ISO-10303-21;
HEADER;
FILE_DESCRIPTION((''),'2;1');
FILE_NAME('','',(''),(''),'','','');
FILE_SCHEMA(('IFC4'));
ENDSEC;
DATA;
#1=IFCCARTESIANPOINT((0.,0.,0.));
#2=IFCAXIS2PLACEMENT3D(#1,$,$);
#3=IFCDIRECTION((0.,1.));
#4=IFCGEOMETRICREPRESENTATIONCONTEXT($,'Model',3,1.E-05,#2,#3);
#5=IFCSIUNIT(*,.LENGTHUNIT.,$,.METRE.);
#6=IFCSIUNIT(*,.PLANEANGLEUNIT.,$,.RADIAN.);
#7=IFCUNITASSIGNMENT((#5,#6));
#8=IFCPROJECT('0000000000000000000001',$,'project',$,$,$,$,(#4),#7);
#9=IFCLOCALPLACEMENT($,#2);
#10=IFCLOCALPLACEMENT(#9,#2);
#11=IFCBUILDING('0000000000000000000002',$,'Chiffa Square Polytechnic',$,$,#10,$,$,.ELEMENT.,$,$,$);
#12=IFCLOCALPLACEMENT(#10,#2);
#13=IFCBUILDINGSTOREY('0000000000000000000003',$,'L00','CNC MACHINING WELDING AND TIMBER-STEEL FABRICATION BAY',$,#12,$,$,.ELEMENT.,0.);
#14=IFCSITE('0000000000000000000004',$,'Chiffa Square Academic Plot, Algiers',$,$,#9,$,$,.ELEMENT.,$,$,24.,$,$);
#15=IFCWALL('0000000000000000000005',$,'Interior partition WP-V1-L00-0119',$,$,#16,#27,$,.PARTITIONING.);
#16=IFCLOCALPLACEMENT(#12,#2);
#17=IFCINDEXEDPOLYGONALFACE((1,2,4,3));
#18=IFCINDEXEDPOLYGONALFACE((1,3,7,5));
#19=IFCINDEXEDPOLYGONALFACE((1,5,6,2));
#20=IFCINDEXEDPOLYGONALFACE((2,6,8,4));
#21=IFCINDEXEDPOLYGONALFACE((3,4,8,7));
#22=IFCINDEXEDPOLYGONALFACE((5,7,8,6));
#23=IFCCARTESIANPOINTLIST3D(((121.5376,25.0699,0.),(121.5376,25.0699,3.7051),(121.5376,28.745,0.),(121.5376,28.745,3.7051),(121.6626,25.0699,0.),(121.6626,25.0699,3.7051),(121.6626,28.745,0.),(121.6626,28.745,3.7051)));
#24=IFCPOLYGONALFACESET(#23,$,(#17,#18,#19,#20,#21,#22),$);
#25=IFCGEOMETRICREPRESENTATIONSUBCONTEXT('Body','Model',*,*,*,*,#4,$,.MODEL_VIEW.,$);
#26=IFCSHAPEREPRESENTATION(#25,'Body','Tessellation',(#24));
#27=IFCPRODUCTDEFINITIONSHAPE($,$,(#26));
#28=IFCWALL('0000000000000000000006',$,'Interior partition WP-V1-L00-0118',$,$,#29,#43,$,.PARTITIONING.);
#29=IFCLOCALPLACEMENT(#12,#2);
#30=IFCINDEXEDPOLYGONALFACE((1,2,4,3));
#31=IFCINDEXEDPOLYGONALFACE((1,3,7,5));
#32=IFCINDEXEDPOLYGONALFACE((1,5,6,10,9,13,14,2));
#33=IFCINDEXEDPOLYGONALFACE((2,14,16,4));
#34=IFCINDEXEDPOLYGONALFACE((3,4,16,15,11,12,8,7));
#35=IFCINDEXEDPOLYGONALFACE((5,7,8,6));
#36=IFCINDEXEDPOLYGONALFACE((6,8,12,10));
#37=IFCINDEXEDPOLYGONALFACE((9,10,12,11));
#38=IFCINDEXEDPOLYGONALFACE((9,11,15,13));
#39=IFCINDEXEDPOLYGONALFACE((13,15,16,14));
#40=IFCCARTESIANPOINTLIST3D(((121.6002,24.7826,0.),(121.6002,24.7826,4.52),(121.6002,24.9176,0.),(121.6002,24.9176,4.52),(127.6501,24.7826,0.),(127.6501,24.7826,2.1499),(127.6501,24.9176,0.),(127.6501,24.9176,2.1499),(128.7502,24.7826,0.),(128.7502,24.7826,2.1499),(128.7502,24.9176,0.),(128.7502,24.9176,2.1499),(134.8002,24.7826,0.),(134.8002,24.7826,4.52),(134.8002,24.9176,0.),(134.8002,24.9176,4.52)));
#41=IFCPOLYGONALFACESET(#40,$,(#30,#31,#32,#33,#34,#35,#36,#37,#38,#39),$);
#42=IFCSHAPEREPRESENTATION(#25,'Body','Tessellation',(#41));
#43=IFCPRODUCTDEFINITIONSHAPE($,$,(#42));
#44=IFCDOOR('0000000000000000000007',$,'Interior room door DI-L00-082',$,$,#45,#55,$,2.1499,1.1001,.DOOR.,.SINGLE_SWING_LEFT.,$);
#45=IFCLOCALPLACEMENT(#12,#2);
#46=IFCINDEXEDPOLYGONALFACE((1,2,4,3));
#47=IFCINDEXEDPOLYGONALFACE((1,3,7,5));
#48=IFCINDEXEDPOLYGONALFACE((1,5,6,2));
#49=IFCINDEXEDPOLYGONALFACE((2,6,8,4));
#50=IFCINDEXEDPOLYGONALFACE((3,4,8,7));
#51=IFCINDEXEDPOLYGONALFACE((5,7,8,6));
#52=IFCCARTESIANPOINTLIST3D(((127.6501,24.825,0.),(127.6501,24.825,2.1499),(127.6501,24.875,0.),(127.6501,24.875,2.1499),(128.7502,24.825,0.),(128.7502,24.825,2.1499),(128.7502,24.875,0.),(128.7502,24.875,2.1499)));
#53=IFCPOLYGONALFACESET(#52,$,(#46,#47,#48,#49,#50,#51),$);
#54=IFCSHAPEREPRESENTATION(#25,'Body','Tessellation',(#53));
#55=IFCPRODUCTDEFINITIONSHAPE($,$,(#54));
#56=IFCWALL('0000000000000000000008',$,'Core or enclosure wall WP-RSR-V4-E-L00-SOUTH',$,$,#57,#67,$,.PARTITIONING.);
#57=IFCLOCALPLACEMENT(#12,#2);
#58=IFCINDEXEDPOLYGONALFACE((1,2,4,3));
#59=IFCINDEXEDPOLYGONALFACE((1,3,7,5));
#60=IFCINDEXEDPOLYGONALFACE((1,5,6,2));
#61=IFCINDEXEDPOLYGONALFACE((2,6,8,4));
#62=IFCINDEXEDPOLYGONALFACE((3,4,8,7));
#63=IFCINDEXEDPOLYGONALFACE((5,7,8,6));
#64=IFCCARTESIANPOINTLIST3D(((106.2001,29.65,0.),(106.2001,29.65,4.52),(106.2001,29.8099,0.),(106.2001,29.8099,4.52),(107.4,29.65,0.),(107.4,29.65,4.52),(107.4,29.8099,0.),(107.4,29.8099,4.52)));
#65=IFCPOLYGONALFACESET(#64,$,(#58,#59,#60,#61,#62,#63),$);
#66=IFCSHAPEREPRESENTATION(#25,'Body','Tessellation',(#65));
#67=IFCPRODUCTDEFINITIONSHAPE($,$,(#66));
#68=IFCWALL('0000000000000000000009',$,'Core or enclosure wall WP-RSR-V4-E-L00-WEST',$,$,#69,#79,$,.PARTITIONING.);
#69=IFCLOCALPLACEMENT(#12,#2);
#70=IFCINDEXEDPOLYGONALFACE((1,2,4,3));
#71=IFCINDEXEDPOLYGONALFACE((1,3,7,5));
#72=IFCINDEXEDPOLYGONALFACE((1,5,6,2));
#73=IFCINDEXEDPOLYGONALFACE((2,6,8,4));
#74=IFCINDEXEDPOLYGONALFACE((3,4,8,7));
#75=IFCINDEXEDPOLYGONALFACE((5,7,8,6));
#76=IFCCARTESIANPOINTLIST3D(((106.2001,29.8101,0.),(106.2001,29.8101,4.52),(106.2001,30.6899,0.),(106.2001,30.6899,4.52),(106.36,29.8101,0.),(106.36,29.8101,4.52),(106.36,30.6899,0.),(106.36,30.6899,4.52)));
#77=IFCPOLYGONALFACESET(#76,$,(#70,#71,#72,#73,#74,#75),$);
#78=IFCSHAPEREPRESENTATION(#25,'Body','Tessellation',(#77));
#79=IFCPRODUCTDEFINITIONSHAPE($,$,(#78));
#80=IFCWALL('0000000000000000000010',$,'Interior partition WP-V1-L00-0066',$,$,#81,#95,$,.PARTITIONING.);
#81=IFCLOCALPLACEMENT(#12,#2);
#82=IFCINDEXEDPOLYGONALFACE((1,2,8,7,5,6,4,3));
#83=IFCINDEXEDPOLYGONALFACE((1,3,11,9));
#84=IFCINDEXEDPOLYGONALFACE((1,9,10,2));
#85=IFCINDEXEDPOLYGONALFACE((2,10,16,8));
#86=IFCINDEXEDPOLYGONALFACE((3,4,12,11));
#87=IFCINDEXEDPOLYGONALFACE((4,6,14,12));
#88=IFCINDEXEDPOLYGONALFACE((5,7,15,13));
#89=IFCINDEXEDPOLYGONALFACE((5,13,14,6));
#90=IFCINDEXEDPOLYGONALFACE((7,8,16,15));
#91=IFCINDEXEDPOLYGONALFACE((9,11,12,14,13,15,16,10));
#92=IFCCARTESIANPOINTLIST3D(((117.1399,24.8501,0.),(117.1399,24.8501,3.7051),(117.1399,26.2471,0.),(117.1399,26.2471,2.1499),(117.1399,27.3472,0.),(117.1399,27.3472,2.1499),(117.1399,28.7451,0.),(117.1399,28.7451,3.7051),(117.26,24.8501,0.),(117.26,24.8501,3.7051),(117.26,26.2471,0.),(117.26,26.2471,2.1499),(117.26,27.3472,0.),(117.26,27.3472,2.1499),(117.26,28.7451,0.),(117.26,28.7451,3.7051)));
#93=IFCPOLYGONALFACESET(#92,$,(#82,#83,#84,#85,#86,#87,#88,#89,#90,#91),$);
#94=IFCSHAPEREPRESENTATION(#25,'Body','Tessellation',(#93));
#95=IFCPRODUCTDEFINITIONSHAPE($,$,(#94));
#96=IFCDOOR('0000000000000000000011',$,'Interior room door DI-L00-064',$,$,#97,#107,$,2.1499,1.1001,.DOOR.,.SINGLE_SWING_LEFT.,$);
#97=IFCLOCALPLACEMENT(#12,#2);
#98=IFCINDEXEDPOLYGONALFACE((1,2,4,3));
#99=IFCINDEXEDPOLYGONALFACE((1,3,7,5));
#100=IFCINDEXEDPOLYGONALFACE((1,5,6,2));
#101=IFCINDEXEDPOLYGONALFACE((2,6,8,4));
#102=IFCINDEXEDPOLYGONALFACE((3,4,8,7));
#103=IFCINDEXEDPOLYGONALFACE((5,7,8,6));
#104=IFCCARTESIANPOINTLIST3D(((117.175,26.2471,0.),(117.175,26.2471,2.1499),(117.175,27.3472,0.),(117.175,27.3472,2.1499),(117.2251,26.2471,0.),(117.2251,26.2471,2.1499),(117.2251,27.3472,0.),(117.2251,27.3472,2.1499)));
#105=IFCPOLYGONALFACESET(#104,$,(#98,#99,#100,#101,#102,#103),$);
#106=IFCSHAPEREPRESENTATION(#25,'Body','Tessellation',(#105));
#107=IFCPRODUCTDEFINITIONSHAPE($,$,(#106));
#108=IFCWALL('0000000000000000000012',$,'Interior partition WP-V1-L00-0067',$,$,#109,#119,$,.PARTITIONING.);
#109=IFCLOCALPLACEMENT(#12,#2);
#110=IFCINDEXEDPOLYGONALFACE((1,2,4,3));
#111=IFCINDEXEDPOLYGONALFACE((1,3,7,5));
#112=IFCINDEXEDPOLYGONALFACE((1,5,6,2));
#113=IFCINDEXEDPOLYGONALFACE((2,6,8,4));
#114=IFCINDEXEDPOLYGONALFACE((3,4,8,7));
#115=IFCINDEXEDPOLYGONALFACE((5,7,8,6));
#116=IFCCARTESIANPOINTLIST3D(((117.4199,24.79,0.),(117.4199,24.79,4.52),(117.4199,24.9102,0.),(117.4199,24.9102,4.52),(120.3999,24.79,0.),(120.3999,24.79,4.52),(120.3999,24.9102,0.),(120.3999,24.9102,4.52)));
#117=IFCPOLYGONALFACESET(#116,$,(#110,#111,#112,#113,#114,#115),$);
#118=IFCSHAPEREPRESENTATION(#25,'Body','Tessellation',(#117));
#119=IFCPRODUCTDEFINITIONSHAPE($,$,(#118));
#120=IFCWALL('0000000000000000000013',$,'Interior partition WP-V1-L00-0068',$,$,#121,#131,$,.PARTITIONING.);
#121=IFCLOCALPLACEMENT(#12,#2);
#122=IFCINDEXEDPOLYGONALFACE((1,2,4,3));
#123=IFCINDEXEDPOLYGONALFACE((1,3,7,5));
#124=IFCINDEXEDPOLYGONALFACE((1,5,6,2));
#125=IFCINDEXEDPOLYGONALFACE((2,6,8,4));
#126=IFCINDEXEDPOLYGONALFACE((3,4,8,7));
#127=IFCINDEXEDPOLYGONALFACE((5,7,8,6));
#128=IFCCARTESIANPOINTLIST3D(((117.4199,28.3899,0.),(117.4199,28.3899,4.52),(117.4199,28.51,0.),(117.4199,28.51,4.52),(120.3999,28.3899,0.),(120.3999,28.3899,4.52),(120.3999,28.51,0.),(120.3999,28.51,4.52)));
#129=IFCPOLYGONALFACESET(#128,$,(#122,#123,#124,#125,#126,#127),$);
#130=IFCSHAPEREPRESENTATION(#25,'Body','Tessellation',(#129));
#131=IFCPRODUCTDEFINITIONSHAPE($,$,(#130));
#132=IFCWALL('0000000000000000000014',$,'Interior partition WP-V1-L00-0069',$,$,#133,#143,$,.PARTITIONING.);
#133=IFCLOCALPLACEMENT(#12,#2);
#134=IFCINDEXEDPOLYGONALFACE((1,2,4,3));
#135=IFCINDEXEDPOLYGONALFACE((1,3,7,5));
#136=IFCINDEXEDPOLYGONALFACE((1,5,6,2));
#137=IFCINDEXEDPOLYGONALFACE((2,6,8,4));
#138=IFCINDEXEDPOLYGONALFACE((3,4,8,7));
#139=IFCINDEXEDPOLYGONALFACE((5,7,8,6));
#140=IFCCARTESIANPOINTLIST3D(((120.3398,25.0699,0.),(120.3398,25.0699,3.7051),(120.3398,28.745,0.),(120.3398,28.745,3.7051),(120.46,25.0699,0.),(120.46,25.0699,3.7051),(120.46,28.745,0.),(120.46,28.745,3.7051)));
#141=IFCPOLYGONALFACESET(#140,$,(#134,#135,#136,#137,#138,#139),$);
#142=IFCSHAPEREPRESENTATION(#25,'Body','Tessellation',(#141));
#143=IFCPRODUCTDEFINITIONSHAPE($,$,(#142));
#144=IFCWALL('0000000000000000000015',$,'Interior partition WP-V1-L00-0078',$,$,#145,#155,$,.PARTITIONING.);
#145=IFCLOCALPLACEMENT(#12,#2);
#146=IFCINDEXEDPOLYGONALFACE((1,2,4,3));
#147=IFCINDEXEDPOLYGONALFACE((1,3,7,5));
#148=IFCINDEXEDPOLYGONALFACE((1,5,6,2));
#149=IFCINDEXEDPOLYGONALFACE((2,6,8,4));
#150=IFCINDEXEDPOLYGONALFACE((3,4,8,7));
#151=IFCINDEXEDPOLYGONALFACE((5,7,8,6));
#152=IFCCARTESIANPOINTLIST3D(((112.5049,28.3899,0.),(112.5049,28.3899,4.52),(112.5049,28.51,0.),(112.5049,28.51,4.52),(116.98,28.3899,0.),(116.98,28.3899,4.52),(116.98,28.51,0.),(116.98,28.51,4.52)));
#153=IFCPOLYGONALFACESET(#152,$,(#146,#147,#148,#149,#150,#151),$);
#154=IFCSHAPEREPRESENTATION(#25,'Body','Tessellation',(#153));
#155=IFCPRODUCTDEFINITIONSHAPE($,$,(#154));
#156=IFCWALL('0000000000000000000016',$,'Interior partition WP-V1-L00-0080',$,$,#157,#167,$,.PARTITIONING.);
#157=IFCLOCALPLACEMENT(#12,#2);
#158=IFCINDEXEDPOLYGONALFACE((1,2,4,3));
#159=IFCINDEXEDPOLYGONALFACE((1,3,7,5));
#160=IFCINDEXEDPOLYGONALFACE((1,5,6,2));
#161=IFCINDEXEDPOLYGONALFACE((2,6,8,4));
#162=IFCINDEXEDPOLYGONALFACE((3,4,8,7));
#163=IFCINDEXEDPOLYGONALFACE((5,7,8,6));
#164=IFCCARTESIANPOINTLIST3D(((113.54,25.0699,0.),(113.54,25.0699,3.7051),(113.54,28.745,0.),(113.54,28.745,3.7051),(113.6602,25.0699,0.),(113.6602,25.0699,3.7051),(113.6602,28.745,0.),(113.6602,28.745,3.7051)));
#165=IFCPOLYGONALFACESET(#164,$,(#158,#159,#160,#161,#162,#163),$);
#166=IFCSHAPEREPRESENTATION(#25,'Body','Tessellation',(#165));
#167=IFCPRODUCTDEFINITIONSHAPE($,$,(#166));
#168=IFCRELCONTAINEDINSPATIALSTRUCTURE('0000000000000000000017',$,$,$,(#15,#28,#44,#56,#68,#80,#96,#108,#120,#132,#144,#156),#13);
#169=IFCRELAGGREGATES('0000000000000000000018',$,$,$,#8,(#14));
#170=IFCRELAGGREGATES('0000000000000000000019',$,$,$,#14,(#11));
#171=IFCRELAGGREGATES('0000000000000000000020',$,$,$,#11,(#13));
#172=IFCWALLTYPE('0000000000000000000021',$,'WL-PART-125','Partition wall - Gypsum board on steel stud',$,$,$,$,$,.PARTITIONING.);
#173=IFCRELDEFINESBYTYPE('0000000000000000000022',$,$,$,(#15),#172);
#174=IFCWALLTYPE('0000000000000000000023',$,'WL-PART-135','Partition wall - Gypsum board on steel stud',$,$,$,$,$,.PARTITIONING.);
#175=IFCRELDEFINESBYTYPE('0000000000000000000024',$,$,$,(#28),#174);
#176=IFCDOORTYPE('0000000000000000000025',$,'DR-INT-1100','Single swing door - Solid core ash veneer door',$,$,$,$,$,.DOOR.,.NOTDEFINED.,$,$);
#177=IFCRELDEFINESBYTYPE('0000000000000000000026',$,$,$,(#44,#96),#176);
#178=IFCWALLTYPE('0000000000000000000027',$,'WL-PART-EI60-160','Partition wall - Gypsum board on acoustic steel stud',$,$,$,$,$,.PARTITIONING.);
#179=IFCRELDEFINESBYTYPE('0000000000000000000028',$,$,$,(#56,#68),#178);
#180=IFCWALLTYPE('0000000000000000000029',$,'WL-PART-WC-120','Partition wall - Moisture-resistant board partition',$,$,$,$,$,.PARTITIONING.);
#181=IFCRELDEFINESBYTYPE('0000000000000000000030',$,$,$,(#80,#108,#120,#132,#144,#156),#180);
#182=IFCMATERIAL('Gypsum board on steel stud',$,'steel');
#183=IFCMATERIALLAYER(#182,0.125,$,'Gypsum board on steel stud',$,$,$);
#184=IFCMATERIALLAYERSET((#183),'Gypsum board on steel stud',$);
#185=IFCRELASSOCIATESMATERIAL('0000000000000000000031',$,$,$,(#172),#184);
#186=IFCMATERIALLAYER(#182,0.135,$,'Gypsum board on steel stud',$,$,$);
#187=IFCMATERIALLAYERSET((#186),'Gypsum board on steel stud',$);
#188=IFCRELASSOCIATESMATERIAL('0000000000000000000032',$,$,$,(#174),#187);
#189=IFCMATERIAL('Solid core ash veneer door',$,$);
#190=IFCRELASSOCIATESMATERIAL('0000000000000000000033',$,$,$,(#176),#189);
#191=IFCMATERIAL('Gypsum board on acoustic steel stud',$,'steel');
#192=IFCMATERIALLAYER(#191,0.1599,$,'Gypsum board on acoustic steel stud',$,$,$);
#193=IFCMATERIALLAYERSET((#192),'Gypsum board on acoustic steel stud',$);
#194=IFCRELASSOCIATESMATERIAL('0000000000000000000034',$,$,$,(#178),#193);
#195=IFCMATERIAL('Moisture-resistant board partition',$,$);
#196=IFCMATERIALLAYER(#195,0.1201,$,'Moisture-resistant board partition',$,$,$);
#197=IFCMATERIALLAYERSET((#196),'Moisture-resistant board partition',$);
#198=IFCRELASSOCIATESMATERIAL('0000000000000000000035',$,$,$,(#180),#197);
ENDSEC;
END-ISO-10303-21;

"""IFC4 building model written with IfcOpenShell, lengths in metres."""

from ifc_helpers import new_model, si_unit, direction, frame, frame_2d, origin, place, context, subcontext, project, spatial, rectangle, extrude, material, layer, layer_set, type_object, element, fill, save


model = new_model("IFC4")

# Units and contexts
model_context = context("Model", 3, precision=1e-05, world=origin(), true_north=direction((0.0, 1.0)))
body_context = subcontext(model_context, "Body", "Model", "MODEL_VIEW")
ifc_project = project(units=[si_unit("LENGTHUNIT", "METRE"), si_unit("PLANEANGLEUNIT", "RADIAN")], contexts=[model_context])

# Site, building, storey
site_placement = place(None, origin())
site = spatial("IfcSite", under=ifc_project, at=site_placement, Name="Chiffa Square Academic Plot, Algiers", CompositionType="ELEMENT", RefElevation=24.0)
building_placement = place(site_placement, origin())
building = spatial("IfcBuilding", under=site, at=building_placement, Name="Chiffa Square Polytechnic", CompositionType="ELEMENT")
storey_placement = place(building_placement, origin())
storey = spatial("IfcBuildingStorey", under=building, at=storey_placement, Name="L00", Description="CNC MACHINING WELDING AND TIMBER-STEEL FABRICATION BAY", CompositionType="ELEMENT", Elevation=0.0)

# Wall
ifc_material_1 = material(Name="Gypsum board on steel stud", Category="steel")
ifc_layer_1 = layer(ifc_material_1, 0.125, Name="Gypsum board on steel stud")
ifc_layer_set_1 = layer_set([ifc_layer_1], Name="Gypsum board on steel stud")
wall_type_1 = type_object("IfcWallType", Name="WL-PART-125", Description="Partition wall - Gypsum board on steel stud", PredefinedType="PARTITIONING", material=ifc_layer_set_1)
wall_1_placement = place(storey_placement, frame((121.6001, 25.0701, 0.0), z_axis=(0.0, 0.0, 1.0), x_axis=(0.0, 1.0, 0.0)))
element("IfcWall", 1, at=wall_1_placement, inside=storey, type_object=wall_type_1, Name="Interior partition WP-V1-L00-0119", PredefinedType="PARTITIONING", context=body_context, shape_type="SweptSolid", body=[
    extrude(rectangle(XDim=3.675, YDim=0.125, at=frame_2d((1.8374, 0.0))), origin(), (0.0, 0.0, 1.0), 3.7051),
])

# Wall, opening, door
ifc_layer_2 = layer(ifc_material_1, 0.135, Name="Gypsum board on steel stud")
ifc_layer_set_2 = layer_set([ifc_layer_2], Name="Gypsum board on steel stud")
wall_type_2 = type_object("IfcWallType", Name="WL-PART-135", Description="Partition wall - Gypsum board on steel stud", PredefinedType="PARTITIONING", material=ifc_layer_set_2)
wall_2_placement = place(storey_placement, frame((121.6001, 24.8501, 0.0), z_axis=(0.0, 0.0, 1.0), x_axis=(1.0, 0.0, 0.0)))
wall_2 = element("IfcWall", 2, at=wall_2_placement, inside=storey, type_object=wall_type_2, Name="Interior partition WP-V1-L00-0118", PredefinedType="PARTITIONING", context=body_context, shape_type="SweptSolid", body=[
    extrude(rectangle(XDim=13.2, YDim=0.135, at=frame_2d((6.6001, 0.0))), origin(), (0.0, 0.0, 1.0), 4.52),
])
opening_1_placement = place(wall_2_placement, frame((6.05, 0.0, 0.0)))
opening_1 = element("IfcOpeningElement", 3, at=opening_1_placement, cuts=wall_2, PredefinedType="OPENING", context=body_context, shape_type="SweptSolid", body=[
    extrude(rectangle(XDim=1.1001, YDim=2.1499, at=frame_2d((0.55, 1.075))), frame((0.0, 0.0776, 0.0), z_axis=(0.0, -1.0, 0.0), x_axis=(1.0, 0.0, 0.0)), (0.0, 0.0, 1.0), 0.155),
])
ifc_material_2 = material(Name="Solid core ash veneer door")
door_type_1 = type_object("IfcDoorType", Name="DR-INT-1100", Description="Single swing door - Solid core ash veneer door", OperationType="NOTDEFINED", PredefinedType="DOOR", material=ifc_material_2)
door_1_placement = place(opening_1_placement, origin())
door_1 = element("IfcDoor", 4, at=door_1_placement, inside=storey, type_object=door_type_1, Name="Interior room door DI-L00-082", OperationType="SINGLE_SWING_LEFT", OverallHeight=2.1499, OverallWidth=1.1001, PredefinedType="DOOR", context=body_context, shape_type="SweptSolid", body=[
    extrude(rectangle(XDim=1.1001, YDim=2.1499, at=frame_2d((0.55, 1.075))), frame((0.0, 0.0249, 0.0), z_axis=(0.0, -1.0, 0.0), x_axis=(1.0, 0.0, 0.0)), (0.0, 0.0, 1.0), 0.05),
])
fill(opening_1, door_1)

# Walls
ifc_material_3 = material(Name="Gypsum board on acoustic steel stud", Category="steel")
ifc_layer_3 = layer(ifc_material_3, 0.1599, Name="Gypsum board on acoustic steel stud")
ifc_layer_set_3 = layer_set([ifc_layer_3], Name="Gypsum board on acoustic steel stud")
wall_type_3 = type_object("IfcWallType", Name="WL-PART-EI60-160", Description="Partition wall - Gypsum board on acoustic steel stud", PredefinedType="PARTITIONING", material=ifc_layer_set_3)
wall_3_placement = place(storey_placement, frame((106.2, 29.73, 0.0), z_axis=(0.0, 0.0, 1.0), x_axis=(1.0, 0.0, 0.0)))
element("IfcWall", 5, at=wall_3_placement, inside=storey, type_object=wall_type_3, Name="Core or enclosure wall WP-RSR-V4-E-L00-SOUTH", PredefinedType="PARTITIONING", context=body_context, shape_type="SweptSolid", body=[
    extrude(rectangle(XDim=1.2, YDim=0.1599, at=frame_2d((0.6001, 0.0))), origin(), (0.0, 0.0, 1.0), 4.52),
])
wall_4_placement = place(storey_placement, frame((106.28, 29.8101, 0.0), z_axis=(0.0, 0.0, 1.0), x_axis=(0.0, 1.0, 0.0)))
element("IfcWall", 6, at=wall_4_placement, inside=storey, type_object=wall_type_3, Name="Core or enclosure wall WP-RSR-V4-E-L00-WEST", PredefinedType="PARTITIONING", context=body_context, shape_type="SweptSolid", body=[
    extrude(rectangle(XDim=0.8799, YDim=0.1599, at=frame_2d((0.4399, 0.0))), origin(), (0.0, 0.0, 1.0), 4.52),
])

# Wall, opening, door
ifc_material_4 = material(Name="Moisture-resistant board partition")
ifc_layer_4 = layer(ifc_material_4, 0.1201, Name="Moisture-resistant board partition")
ifc_layer_set_4 = layer_set([ifc_layer_4], Name="Moisture-resistant board partition")
wall_type_4 = type_object("IfcWallType", Name="WL-PART-WC-120", Description="Partition wall - Moisture-resistant board partition", PredefinedType="PARTITIONING", material=ifc_layer_set_4)
wall_5_placement = place(storey_placement, frame((117.2, 24.8501, 0.0), z_axis=(0.0, 0.0, 1.0), x_axis=(0.0, 1.0, 0.0)))
wall_5 = element("IfcWall", 7, at=wall_5_placement, inside=storey, type_object=wall_type_4, Name="Interior partition WP-V1-L00-0066", PredefinedType="PARTITIONING", context=body_context, shape_type="SweptSolid", body=[
    extrude(rectangle(XDim=3.895, YDim=0.1201, at=frame_2d((1.9475, 0.0))), origin(), (0.0, 0.0, 1.0), 3.7051),
])
opening_2_placement = place(wall_5_placement, frame((1.397, 0.0, 0.0)))
opening_2 = element("IfcOpeningElement", 8, at=opening_2_placement, cuts=wall_5, PredefinedType="OPENING", context=body_context, shape_type="SweptSolid", body=[
    extrude(rectangle(XDim=1.1001, YDim=2.1499, at=frame_2d((0.55, 1.075))), frame((0.0, 0.0701, 0.0), z_axis=(0.0, -1.0, 0.0), x_axis=(1.0, 0.0, 0.0)), (0.0, 0.0, 1.0), 0.1401),
])
door_2_placement = place(opening_2_placement, origin())
door_2 = element("IfcDoor", 9, at=door_2_placement, inside=storey, type_object=door_type_1, Name="Interior room door DI-L00-064", OperationType="SINGLE_SWING_LEFT", OverallHeight=2.1499, OverallWidth=1.1001, PredefinedType="DOOR", context=body_context, shape_type="SweptSolid", body=[
    extrude(rectangle(XDim=1.1001, YDim=2.1499, at=frame_2d((0.55, 1.075))), frame((0.0, 0.0249, 0.0), z_axis=(0.0, -1.0, 0.0), x_axis=(1.0, 0.0, 0.0)), (0.0, 0.0, 1.0), 0.05),
])
fill(opening_2, door_2)

# Walls
for number, where, z_axis, x_axis, name in (
    (10, (117.4199, 24.8501, 0.0), (0.0, 0.0, 1.0), (1.0, 0.0, 0.0), "Interior partition WP-V1-L00-0067"),
    (11, (117.4199, 28.45, 0.0), (0.0, 0.0, 1.0), (1.0, 0.0, 0.0), "Interior partition WP-V1-L00-0068"),
):
    element("IfcWall", number, at=place(storey_placement, frame(where, z_axis=z_axis, x_axis=x_axis)), inside=storey, type_object=wall_type_4, Name=name, PredefinedType="PARTITIONING", context=body_context, shape_type="SweptSolid", body=[
        extrude(rectangle(XDim=2.98, YDim=0.1201, at=frame_2d((1.49, 0.0))), origin(), (0.0, 0.0, 1.0), 4.52),
    ])
wall_6_placement = place(storey_placement, frame((120.3999, 25.0701, 0.0), z_axis=(0.0, 0.0, 1.0), x_axis=(0.0, 1.0, 0.0)))
element("IfcWall", 12, at=wall_6_placement, inside=storey, type_object=wall_type_4, Name="Interior partition WP-V1-L00-0069", PredefinedType="PARTITIONING", context=body_context, shape_type="SweptSolid", body=[
    extrude(rectangle(XDim=3.675, YDim=0.1201, at=frame_2d((1.8374, 0.0))), origin(), (0.0, 0.0, 1.0), 3.7051),
])
wall_7_placement = place(storey_placement, frame((112.5049, 28.45, 0.0), z_axis=(0.0, 0.0, 1.0), x_axis=(1.0, 0.0, 0.0)))
element("IfcWall", 13, at=wall_7_placement, inside=storey, type_object=wall_type_4, Name="Interior partition WP-V1-L00-0078", PredefinedType="PARTITIONING", context=body_context, shape_type="SweptSolid", body=[
    extrude(rectangle(XDim=4.4751, YDim=0.1201, at=frame_2d((2.2375, 0.0))), origin(), (0.0, 0.0, 1.0), 4.52),
])
wall_8_placement = place(storey_placement, frame((113.6001, 25.0701, 0.0), z_axis=(0.0, 0.0, 1.0), x_axis=(0.0, 1.0, 0.0)))
element("IfcWall", 14, at=wall_8_placement, inside=storey, type_object=wall_type_4, Name="Interior partition WP-V1-L00-0080", PredefinedType="PARTITIONING", context=body_context, shape_type="SweptSolid", body=[
    extrude(rectangle(XDim=3.675, YDim=0.1201, at=frame_2d((1.8374, 0.0))), origin(), (0.0, 0.0, 1.0), 3.7051),
])

save(model, "model.ifc")
